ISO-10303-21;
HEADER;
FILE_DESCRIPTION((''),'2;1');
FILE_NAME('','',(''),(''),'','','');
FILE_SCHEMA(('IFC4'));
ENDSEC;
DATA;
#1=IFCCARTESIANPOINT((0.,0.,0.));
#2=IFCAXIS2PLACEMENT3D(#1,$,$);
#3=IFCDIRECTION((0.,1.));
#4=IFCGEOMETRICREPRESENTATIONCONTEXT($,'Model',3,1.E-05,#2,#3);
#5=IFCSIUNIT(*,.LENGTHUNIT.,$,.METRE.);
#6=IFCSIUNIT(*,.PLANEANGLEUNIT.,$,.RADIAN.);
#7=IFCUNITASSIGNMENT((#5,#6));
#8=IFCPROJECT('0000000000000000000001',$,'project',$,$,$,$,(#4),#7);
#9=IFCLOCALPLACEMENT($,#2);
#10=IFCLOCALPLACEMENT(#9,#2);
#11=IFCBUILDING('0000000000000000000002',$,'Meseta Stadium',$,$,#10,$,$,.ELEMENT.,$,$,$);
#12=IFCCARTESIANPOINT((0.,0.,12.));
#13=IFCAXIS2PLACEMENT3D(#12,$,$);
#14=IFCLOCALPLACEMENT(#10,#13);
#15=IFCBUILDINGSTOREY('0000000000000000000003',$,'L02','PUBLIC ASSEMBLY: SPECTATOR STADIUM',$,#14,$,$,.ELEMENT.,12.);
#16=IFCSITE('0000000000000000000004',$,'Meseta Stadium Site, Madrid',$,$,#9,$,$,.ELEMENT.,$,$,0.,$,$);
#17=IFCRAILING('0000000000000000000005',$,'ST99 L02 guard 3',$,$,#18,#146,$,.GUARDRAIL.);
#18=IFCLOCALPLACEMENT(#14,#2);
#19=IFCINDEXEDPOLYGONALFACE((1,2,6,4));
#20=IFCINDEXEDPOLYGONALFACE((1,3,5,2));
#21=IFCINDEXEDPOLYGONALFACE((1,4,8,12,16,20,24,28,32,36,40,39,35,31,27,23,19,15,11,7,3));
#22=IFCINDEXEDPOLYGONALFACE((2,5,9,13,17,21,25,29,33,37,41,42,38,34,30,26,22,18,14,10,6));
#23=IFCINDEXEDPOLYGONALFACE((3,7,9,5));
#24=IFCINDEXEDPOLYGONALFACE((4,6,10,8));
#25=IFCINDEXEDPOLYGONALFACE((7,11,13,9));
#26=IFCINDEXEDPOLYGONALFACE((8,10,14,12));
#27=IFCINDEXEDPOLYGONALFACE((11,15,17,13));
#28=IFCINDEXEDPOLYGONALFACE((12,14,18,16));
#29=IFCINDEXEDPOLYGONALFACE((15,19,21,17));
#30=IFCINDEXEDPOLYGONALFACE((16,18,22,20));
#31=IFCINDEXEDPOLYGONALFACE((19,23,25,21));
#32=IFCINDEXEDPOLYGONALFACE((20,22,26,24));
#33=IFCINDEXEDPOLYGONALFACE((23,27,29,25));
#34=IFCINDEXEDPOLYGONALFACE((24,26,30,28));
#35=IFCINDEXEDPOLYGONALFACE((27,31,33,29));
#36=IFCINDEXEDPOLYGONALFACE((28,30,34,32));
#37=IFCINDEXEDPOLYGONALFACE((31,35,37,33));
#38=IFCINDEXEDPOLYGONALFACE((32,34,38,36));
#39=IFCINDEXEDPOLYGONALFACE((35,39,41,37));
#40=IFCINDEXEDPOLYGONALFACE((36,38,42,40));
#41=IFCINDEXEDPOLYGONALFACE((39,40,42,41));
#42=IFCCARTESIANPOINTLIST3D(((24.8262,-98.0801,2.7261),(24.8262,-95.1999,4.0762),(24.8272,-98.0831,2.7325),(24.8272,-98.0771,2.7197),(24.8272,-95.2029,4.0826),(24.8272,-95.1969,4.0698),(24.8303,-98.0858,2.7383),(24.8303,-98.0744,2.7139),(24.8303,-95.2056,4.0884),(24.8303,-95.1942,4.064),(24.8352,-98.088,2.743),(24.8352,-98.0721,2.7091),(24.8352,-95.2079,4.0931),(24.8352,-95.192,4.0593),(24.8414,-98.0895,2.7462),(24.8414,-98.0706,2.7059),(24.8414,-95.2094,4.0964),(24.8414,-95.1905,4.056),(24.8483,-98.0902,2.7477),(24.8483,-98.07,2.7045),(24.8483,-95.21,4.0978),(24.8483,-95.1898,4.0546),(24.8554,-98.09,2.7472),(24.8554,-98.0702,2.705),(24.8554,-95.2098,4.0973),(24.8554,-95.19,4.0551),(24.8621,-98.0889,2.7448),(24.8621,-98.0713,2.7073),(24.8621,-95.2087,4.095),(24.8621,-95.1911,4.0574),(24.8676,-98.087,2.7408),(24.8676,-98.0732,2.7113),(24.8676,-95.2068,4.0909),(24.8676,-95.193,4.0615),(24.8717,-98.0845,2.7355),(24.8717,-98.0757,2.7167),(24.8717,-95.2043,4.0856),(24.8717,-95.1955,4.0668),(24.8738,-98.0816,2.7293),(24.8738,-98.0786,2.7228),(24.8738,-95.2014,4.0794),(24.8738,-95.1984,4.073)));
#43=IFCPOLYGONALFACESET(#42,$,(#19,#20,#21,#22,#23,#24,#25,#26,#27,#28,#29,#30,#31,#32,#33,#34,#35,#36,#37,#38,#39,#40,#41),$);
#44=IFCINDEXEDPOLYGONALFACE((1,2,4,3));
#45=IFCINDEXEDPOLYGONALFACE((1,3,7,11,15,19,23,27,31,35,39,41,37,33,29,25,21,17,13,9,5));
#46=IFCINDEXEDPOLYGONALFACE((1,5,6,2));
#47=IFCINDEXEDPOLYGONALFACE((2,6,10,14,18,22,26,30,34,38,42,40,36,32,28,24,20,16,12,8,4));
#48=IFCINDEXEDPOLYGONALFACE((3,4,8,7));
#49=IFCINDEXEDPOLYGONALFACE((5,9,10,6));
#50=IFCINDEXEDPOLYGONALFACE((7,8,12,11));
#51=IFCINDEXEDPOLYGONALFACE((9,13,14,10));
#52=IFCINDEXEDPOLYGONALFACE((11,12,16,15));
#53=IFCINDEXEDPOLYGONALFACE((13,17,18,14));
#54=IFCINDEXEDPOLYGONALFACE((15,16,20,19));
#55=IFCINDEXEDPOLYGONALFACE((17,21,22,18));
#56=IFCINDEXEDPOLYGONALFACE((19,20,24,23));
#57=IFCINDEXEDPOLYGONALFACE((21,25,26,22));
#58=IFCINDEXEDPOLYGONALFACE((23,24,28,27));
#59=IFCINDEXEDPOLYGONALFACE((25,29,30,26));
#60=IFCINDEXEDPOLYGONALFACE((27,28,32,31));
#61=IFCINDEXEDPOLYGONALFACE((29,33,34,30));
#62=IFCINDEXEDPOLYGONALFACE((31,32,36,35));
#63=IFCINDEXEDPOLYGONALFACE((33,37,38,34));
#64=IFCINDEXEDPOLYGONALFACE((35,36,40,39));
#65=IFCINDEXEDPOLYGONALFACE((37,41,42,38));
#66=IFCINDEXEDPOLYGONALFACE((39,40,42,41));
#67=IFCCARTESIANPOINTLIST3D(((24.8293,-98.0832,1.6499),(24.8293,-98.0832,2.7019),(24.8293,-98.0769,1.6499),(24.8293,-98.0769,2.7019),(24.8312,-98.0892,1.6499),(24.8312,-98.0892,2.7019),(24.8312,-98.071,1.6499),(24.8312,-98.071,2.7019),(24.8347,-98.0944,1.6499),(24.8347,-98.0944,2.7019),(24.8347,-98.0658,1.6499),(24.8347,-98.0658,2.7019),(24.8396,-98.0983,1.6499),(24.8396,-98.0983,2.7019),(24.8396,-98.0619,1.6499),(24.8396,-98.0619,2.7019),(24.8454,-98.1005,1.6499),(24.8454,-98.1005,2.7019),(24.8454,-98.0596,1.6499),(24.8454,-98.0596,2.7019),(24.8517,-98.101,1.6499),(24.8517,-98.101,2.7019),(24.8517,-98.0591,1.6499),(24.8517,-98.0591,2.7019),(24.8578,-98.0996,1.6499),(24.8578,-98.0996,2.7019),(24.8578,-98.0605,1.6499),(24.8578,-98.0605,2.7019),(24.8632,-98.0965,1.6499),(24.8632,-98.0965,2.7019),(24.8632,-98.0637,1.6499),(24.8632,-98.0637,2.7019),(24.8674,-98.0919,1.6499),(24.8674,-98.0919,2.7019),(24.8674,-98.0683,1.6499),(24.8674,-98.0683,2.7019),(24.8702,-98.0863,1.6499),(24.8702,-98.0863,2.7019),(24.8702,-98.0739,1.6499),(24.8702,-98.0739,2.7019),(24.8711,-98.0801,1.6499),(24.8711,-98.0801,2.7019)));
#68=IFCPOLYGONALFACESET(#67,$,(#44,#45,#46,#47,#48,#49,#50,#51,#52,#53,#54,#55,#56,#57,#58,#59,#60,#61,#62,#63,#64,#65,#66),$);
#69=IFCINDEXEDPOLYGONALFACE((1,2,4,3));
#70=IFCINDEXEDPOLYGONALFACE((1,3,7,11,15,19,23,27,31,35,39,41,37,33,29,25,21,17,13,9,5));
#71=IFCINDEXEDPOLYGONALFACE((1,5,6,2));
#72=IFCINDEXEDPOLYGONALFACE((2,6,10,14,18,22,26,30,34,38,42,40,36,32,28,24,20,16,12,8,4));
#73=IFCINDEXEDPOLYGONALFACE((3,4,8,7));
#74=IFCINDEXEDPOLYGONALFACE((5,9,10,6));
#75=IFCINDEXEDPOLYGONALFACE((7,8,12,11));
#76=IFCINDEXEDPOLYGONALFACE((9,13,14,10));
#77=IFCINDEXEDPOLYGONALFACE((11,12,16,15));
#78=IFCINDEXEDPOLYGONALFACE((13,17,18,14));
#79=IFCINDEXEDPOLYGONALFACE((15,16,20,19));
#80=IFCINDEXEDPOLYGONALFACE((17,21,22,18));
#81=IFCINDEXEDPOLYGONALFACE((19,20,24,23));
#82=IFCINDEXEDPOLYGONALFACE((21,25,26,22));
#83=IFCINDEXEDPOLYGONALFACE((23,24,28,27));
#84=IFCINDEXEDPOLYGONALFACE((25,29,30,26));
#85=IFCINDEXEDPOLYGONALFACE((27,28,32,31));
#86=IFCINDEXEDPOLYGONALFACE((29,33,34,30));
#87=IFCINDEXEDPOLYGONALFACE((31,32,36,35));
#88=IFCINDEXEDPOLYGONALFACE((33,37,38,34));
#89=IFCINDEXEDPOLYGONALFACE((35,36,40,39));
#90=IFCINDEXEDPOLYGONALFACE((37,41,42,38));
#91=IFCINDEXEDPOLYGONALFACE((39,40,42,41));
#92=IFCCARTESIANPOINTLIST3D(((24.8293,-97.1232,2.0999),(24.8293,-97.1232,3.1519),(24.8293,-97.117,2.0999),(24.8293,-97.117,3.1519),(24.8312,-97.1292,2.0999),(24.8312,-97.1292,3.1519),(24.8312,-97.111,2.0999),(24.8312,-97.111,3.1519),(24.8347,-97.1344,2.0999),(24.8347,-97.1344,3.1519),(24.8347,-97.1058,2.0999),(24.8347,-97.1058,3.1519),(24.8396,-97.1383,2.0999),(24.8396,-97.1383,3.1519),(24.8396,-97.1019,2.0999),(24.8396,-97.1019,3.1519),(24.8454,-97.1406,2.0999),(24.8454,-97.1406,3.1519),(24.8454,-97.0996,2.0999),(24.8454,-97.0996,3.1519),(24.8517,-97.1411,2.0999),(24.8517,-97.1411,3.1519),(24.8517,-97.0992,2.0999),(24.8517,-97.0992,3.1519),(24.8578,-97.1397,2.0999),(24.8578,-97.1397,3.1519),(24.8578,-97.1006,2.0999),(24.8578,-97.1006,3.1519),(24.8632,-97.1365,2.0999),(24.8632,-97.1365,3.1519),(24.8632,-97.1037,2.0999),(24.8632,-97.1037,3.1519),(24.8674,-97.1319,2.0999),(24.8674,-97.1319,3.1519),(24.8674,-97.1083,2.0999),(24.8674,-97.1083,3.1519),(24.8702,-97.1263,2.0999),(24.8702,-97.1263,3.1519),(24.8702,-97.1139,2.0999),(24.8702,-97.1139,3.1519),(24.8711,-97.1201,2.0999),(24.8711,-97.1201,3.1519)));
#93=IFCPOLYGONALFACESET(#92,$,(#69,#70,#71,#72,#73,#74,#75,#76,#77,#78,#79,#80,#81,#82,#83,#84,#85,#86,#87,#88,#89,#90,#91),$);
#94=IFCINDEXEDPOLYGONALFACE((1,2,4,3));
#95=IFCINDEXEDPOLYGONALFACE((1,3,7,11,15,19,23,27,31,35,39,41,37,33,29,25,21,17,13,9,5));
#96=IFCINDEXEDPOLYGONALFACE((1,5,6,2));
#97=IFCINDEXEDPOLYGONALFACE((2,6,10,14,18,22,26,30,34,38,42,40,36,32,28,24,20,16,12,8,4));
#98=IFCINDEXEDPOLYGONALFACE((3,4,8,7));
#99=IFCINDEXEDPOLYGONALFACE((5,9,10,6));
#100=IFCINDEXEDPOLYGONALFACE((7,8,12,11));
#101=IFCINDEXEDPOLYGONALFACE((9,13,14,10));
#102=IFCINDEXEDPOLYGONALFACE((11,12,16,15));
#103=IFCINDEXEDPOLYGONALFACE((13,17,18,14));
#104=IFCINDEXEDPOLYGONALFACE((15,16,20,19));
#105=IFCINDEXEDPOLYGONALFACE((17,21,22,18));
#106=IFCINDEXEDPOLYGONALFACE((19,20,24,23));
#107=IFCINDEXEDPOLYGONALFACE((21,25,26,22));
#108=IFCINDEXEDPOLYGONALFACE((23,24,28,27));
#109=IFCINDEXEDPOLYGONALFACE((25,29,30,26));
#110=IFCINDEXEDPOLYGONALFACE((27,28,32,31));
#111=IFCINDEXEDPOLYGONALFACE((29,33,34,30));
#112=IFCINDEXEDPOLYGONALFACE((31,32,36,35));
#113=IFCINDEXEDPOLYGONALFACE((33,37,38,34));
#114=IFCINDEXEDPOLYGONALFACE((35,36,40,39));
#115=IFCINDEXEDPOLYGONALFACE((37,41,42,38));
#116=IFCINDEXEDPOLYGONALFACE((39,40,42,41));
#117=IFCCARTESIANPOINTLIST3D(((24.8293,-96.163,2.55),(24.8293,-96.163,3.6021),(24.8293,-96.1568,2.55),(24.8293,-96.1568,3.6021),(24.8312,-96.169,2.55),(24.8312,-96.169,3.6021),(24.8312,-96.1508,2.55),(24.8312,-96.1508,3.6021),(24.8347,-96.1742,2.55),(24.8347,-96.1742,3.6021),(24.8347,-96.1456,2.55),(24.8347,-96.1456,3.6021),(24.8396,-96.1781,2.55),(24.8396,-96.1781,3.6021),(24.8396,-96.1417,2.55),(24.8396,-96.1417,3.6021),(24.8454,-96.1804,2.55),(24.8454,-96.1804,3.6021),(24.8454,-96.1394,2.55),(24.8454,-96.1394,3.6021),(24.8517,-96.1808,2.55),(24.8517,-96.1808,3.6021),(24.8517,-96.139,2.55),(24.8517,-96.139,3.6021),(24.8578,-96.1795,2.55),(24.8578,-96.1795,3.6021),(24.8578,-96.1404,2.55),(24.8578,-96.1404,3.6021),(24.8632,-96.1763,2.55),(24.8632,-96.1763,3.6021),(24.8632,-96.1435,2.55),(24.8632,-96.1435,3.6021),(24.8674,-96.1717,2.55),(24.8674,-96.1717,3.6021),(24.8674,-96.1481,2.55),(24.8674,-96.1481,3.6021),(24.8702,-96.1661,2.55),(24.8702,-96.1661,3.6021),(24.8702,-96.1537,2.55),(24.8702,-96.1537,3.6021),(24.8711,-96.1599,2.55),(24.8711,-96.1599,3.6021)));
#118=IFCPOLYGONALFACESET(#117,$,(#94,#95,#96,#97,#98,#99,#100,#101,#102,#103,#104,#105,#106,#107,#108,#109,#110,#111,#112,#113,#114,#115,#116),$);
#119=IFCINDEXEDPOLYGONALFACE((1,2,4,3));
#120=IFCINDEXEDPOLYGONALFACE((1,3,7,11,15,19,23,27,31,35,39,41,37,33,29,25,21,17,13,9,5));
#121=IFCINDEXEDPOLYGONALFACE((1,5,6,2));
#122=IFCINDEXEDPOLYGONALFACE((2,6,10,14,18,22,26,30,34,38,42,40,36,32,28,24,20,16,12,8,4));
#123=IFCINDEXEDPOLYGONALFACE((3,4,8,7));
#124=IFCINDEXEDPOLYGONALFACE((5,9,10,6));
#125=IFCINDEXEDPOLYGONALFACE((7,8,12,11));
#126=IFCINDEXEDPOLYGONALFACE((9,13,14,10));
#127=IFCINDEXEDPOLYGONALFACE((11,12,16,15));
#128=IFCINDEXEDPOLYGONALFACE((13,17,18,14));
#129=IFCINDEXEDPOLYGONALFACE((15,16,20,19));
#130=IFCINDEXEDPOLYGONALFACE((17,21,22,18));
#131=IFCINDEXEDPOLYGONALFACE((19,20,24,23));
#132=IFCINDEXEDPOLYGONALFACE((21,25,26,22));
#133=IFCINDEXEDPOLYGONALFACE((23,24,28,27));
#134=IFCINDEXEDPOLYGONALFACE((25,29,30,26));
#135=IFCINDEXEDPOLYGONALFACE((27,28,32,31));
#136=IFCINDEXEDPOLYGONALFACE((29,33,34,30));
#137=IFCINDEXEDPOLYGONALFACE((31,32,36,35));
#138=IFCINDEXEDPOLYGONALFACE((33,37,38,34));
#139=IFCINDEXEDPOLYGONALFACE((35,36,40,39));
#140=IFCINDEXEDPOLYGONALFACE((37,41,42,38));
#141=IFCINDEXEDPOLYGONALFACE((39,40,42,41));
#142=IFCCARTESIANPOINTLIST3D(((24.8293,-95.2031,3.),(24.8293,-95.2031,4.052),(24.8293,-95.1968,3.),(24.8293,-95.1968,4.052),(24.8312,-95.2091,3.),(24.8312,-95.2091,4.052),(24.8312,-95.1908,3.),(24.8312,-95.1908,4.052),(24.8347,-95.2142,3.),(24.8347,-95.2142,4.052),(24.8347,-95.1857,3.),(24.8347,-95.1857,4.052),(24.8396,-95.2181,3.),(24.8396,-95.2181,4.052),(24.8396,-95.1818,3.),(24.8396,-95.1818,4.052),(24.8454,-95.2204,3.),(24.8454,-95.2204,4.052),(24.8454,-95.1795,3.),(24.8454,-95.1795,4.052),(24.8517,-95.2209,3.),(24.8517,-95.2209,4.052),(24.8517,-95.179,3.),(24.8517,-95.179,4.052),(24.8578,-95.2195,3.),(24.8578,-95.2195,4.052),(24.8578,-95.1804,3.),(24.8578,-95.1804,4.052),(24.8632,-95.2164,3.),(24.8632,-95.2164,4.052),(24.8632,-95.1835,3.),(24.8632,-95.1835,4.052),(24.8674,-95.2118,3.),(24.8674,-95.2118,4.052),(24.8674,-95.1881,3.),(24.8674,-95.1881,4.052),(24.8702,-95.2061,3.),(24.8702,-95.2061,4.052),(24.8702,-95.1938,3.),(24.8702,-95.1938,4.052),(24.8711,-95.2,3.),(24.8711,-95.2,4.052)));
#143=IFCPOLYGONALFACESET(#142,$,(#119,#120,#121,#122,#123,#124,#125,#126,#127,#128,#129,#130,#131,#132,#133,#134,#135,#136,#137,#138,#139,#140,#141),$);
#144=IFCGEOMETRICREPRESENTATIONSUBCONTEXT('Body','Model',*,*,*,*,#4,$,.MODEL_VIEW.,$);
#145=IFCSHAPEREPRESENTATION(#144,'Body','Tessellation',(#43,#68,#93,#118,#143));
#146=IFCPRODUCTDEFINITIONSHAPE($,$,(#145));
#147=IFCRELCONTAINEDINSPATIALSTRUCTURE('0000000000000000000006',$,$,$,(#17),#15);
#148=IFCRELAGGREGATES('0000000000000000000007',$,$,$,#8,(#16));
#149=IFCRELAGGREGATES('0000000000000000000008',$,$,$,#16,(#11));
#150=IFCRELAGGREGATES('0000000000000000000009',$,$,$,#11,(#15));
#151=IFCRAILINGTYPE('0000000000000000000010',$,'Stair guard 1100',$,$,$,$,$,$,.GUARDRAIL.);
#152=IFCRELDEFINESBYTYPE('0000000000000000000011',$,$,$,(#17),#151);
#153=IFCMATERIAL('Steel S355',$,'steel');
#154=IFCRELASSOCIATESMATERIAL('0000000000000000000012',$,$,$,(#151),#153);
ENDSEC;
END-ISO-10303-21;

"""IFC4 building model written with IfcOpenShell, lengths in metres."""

from ifc_helpers import new_model, si_unit, direction, frame, origin, origin_2d, place, context, subcontext, project, spatial, circle, extrude, material, type_object, element, save


model = new_model("IFC4")

# Units and contexts
model_context = context("Model", 3, precision=1e-05, world=origin(), true_north=direction((0.0, 1.0)))
body_context = subcontext(model_context, "Body", "Model", "MODEL_VIEW")
ifc_project = project(units=[si_unit("LENGTHUNIT", "METRE"), si_unit("PLANEANGLEUNIT", "RADIAN")], contexts=[model_context])

# Site, building, storey
site_placement = place(None, origin())
site = spatial("IfcSite", under=ifc_project, at=site_placement, Name="Meseta Stadium Site, Madrid", CompositionType="ELEMENT", RefElevation=0.0)
building_placement = place(site_placement, origin())
building = spatial("IfcBuilding", under=site, at=building_placement, Name="Meseta Stadium", CompositionType="ELEMENT")
storey_placement = place(building_placement, frame((0.0, 0.0, 12.0)))
storey = spatial("IfcBuildingStorey", under=building, at=storey_placement, Name="L02", Description="PUBLIC ASSEMBLY: SPECTATOR STADIUM", CompositionType="ELEMENT", Elevation=12.0)

# Railing
ifc_material_1 = material(Name="Steel S355", Category="steel")
railing_type_1 = type_object("IfcRailingType", Name="Stair guard 1100", PredefinedType="GUARDRAIL", material=ifc_material_1)
railing_1_placement = place(storey_placement, frame((24.8501, -98.0801, 1.6499)))
element("IfcRailing", 1, at=railing_1_placement, inside=storey, type_object=railing_type_1, Name="ST99 L02 guard 3", PredefinedType="GUARDRAIL", context=body_context, shape_type="SweptSolid", body=[
    extrude(circle(Radius=0.0239, at=origin_2d()), frame((0.0, 0.0, 1.0762), z_axis=(0.0, 0.905454, 0.424444), x_axis=(-1.0, 0.0, 0.0)), (0.0, 0.0, 1.0), 3.1809),
    extrude(circle(Radius=0.021, at=origin_2d()), origin(), (0.0, 0.0, 1.0), 1.052),
    extrude(circle(Radius=0.021, at=origin_2d()), frame((0.0, 0.96, 0.45)), (0.0, 0.0, 1.0), 1.052),
    extrude(circle(Radius=0.021, at=origin_2d()), frame((0.0, 1.9202, 0.9001)), (0.0, 0.0, 1.0), 1.052),
    extrude(circle(Radius=0.021, at=origin_2d()), frame((0.0, 2.8801, 1.3501)), (0.0, 0.0, 1.0), 1.052),
])

save(model, "model.ifc")
